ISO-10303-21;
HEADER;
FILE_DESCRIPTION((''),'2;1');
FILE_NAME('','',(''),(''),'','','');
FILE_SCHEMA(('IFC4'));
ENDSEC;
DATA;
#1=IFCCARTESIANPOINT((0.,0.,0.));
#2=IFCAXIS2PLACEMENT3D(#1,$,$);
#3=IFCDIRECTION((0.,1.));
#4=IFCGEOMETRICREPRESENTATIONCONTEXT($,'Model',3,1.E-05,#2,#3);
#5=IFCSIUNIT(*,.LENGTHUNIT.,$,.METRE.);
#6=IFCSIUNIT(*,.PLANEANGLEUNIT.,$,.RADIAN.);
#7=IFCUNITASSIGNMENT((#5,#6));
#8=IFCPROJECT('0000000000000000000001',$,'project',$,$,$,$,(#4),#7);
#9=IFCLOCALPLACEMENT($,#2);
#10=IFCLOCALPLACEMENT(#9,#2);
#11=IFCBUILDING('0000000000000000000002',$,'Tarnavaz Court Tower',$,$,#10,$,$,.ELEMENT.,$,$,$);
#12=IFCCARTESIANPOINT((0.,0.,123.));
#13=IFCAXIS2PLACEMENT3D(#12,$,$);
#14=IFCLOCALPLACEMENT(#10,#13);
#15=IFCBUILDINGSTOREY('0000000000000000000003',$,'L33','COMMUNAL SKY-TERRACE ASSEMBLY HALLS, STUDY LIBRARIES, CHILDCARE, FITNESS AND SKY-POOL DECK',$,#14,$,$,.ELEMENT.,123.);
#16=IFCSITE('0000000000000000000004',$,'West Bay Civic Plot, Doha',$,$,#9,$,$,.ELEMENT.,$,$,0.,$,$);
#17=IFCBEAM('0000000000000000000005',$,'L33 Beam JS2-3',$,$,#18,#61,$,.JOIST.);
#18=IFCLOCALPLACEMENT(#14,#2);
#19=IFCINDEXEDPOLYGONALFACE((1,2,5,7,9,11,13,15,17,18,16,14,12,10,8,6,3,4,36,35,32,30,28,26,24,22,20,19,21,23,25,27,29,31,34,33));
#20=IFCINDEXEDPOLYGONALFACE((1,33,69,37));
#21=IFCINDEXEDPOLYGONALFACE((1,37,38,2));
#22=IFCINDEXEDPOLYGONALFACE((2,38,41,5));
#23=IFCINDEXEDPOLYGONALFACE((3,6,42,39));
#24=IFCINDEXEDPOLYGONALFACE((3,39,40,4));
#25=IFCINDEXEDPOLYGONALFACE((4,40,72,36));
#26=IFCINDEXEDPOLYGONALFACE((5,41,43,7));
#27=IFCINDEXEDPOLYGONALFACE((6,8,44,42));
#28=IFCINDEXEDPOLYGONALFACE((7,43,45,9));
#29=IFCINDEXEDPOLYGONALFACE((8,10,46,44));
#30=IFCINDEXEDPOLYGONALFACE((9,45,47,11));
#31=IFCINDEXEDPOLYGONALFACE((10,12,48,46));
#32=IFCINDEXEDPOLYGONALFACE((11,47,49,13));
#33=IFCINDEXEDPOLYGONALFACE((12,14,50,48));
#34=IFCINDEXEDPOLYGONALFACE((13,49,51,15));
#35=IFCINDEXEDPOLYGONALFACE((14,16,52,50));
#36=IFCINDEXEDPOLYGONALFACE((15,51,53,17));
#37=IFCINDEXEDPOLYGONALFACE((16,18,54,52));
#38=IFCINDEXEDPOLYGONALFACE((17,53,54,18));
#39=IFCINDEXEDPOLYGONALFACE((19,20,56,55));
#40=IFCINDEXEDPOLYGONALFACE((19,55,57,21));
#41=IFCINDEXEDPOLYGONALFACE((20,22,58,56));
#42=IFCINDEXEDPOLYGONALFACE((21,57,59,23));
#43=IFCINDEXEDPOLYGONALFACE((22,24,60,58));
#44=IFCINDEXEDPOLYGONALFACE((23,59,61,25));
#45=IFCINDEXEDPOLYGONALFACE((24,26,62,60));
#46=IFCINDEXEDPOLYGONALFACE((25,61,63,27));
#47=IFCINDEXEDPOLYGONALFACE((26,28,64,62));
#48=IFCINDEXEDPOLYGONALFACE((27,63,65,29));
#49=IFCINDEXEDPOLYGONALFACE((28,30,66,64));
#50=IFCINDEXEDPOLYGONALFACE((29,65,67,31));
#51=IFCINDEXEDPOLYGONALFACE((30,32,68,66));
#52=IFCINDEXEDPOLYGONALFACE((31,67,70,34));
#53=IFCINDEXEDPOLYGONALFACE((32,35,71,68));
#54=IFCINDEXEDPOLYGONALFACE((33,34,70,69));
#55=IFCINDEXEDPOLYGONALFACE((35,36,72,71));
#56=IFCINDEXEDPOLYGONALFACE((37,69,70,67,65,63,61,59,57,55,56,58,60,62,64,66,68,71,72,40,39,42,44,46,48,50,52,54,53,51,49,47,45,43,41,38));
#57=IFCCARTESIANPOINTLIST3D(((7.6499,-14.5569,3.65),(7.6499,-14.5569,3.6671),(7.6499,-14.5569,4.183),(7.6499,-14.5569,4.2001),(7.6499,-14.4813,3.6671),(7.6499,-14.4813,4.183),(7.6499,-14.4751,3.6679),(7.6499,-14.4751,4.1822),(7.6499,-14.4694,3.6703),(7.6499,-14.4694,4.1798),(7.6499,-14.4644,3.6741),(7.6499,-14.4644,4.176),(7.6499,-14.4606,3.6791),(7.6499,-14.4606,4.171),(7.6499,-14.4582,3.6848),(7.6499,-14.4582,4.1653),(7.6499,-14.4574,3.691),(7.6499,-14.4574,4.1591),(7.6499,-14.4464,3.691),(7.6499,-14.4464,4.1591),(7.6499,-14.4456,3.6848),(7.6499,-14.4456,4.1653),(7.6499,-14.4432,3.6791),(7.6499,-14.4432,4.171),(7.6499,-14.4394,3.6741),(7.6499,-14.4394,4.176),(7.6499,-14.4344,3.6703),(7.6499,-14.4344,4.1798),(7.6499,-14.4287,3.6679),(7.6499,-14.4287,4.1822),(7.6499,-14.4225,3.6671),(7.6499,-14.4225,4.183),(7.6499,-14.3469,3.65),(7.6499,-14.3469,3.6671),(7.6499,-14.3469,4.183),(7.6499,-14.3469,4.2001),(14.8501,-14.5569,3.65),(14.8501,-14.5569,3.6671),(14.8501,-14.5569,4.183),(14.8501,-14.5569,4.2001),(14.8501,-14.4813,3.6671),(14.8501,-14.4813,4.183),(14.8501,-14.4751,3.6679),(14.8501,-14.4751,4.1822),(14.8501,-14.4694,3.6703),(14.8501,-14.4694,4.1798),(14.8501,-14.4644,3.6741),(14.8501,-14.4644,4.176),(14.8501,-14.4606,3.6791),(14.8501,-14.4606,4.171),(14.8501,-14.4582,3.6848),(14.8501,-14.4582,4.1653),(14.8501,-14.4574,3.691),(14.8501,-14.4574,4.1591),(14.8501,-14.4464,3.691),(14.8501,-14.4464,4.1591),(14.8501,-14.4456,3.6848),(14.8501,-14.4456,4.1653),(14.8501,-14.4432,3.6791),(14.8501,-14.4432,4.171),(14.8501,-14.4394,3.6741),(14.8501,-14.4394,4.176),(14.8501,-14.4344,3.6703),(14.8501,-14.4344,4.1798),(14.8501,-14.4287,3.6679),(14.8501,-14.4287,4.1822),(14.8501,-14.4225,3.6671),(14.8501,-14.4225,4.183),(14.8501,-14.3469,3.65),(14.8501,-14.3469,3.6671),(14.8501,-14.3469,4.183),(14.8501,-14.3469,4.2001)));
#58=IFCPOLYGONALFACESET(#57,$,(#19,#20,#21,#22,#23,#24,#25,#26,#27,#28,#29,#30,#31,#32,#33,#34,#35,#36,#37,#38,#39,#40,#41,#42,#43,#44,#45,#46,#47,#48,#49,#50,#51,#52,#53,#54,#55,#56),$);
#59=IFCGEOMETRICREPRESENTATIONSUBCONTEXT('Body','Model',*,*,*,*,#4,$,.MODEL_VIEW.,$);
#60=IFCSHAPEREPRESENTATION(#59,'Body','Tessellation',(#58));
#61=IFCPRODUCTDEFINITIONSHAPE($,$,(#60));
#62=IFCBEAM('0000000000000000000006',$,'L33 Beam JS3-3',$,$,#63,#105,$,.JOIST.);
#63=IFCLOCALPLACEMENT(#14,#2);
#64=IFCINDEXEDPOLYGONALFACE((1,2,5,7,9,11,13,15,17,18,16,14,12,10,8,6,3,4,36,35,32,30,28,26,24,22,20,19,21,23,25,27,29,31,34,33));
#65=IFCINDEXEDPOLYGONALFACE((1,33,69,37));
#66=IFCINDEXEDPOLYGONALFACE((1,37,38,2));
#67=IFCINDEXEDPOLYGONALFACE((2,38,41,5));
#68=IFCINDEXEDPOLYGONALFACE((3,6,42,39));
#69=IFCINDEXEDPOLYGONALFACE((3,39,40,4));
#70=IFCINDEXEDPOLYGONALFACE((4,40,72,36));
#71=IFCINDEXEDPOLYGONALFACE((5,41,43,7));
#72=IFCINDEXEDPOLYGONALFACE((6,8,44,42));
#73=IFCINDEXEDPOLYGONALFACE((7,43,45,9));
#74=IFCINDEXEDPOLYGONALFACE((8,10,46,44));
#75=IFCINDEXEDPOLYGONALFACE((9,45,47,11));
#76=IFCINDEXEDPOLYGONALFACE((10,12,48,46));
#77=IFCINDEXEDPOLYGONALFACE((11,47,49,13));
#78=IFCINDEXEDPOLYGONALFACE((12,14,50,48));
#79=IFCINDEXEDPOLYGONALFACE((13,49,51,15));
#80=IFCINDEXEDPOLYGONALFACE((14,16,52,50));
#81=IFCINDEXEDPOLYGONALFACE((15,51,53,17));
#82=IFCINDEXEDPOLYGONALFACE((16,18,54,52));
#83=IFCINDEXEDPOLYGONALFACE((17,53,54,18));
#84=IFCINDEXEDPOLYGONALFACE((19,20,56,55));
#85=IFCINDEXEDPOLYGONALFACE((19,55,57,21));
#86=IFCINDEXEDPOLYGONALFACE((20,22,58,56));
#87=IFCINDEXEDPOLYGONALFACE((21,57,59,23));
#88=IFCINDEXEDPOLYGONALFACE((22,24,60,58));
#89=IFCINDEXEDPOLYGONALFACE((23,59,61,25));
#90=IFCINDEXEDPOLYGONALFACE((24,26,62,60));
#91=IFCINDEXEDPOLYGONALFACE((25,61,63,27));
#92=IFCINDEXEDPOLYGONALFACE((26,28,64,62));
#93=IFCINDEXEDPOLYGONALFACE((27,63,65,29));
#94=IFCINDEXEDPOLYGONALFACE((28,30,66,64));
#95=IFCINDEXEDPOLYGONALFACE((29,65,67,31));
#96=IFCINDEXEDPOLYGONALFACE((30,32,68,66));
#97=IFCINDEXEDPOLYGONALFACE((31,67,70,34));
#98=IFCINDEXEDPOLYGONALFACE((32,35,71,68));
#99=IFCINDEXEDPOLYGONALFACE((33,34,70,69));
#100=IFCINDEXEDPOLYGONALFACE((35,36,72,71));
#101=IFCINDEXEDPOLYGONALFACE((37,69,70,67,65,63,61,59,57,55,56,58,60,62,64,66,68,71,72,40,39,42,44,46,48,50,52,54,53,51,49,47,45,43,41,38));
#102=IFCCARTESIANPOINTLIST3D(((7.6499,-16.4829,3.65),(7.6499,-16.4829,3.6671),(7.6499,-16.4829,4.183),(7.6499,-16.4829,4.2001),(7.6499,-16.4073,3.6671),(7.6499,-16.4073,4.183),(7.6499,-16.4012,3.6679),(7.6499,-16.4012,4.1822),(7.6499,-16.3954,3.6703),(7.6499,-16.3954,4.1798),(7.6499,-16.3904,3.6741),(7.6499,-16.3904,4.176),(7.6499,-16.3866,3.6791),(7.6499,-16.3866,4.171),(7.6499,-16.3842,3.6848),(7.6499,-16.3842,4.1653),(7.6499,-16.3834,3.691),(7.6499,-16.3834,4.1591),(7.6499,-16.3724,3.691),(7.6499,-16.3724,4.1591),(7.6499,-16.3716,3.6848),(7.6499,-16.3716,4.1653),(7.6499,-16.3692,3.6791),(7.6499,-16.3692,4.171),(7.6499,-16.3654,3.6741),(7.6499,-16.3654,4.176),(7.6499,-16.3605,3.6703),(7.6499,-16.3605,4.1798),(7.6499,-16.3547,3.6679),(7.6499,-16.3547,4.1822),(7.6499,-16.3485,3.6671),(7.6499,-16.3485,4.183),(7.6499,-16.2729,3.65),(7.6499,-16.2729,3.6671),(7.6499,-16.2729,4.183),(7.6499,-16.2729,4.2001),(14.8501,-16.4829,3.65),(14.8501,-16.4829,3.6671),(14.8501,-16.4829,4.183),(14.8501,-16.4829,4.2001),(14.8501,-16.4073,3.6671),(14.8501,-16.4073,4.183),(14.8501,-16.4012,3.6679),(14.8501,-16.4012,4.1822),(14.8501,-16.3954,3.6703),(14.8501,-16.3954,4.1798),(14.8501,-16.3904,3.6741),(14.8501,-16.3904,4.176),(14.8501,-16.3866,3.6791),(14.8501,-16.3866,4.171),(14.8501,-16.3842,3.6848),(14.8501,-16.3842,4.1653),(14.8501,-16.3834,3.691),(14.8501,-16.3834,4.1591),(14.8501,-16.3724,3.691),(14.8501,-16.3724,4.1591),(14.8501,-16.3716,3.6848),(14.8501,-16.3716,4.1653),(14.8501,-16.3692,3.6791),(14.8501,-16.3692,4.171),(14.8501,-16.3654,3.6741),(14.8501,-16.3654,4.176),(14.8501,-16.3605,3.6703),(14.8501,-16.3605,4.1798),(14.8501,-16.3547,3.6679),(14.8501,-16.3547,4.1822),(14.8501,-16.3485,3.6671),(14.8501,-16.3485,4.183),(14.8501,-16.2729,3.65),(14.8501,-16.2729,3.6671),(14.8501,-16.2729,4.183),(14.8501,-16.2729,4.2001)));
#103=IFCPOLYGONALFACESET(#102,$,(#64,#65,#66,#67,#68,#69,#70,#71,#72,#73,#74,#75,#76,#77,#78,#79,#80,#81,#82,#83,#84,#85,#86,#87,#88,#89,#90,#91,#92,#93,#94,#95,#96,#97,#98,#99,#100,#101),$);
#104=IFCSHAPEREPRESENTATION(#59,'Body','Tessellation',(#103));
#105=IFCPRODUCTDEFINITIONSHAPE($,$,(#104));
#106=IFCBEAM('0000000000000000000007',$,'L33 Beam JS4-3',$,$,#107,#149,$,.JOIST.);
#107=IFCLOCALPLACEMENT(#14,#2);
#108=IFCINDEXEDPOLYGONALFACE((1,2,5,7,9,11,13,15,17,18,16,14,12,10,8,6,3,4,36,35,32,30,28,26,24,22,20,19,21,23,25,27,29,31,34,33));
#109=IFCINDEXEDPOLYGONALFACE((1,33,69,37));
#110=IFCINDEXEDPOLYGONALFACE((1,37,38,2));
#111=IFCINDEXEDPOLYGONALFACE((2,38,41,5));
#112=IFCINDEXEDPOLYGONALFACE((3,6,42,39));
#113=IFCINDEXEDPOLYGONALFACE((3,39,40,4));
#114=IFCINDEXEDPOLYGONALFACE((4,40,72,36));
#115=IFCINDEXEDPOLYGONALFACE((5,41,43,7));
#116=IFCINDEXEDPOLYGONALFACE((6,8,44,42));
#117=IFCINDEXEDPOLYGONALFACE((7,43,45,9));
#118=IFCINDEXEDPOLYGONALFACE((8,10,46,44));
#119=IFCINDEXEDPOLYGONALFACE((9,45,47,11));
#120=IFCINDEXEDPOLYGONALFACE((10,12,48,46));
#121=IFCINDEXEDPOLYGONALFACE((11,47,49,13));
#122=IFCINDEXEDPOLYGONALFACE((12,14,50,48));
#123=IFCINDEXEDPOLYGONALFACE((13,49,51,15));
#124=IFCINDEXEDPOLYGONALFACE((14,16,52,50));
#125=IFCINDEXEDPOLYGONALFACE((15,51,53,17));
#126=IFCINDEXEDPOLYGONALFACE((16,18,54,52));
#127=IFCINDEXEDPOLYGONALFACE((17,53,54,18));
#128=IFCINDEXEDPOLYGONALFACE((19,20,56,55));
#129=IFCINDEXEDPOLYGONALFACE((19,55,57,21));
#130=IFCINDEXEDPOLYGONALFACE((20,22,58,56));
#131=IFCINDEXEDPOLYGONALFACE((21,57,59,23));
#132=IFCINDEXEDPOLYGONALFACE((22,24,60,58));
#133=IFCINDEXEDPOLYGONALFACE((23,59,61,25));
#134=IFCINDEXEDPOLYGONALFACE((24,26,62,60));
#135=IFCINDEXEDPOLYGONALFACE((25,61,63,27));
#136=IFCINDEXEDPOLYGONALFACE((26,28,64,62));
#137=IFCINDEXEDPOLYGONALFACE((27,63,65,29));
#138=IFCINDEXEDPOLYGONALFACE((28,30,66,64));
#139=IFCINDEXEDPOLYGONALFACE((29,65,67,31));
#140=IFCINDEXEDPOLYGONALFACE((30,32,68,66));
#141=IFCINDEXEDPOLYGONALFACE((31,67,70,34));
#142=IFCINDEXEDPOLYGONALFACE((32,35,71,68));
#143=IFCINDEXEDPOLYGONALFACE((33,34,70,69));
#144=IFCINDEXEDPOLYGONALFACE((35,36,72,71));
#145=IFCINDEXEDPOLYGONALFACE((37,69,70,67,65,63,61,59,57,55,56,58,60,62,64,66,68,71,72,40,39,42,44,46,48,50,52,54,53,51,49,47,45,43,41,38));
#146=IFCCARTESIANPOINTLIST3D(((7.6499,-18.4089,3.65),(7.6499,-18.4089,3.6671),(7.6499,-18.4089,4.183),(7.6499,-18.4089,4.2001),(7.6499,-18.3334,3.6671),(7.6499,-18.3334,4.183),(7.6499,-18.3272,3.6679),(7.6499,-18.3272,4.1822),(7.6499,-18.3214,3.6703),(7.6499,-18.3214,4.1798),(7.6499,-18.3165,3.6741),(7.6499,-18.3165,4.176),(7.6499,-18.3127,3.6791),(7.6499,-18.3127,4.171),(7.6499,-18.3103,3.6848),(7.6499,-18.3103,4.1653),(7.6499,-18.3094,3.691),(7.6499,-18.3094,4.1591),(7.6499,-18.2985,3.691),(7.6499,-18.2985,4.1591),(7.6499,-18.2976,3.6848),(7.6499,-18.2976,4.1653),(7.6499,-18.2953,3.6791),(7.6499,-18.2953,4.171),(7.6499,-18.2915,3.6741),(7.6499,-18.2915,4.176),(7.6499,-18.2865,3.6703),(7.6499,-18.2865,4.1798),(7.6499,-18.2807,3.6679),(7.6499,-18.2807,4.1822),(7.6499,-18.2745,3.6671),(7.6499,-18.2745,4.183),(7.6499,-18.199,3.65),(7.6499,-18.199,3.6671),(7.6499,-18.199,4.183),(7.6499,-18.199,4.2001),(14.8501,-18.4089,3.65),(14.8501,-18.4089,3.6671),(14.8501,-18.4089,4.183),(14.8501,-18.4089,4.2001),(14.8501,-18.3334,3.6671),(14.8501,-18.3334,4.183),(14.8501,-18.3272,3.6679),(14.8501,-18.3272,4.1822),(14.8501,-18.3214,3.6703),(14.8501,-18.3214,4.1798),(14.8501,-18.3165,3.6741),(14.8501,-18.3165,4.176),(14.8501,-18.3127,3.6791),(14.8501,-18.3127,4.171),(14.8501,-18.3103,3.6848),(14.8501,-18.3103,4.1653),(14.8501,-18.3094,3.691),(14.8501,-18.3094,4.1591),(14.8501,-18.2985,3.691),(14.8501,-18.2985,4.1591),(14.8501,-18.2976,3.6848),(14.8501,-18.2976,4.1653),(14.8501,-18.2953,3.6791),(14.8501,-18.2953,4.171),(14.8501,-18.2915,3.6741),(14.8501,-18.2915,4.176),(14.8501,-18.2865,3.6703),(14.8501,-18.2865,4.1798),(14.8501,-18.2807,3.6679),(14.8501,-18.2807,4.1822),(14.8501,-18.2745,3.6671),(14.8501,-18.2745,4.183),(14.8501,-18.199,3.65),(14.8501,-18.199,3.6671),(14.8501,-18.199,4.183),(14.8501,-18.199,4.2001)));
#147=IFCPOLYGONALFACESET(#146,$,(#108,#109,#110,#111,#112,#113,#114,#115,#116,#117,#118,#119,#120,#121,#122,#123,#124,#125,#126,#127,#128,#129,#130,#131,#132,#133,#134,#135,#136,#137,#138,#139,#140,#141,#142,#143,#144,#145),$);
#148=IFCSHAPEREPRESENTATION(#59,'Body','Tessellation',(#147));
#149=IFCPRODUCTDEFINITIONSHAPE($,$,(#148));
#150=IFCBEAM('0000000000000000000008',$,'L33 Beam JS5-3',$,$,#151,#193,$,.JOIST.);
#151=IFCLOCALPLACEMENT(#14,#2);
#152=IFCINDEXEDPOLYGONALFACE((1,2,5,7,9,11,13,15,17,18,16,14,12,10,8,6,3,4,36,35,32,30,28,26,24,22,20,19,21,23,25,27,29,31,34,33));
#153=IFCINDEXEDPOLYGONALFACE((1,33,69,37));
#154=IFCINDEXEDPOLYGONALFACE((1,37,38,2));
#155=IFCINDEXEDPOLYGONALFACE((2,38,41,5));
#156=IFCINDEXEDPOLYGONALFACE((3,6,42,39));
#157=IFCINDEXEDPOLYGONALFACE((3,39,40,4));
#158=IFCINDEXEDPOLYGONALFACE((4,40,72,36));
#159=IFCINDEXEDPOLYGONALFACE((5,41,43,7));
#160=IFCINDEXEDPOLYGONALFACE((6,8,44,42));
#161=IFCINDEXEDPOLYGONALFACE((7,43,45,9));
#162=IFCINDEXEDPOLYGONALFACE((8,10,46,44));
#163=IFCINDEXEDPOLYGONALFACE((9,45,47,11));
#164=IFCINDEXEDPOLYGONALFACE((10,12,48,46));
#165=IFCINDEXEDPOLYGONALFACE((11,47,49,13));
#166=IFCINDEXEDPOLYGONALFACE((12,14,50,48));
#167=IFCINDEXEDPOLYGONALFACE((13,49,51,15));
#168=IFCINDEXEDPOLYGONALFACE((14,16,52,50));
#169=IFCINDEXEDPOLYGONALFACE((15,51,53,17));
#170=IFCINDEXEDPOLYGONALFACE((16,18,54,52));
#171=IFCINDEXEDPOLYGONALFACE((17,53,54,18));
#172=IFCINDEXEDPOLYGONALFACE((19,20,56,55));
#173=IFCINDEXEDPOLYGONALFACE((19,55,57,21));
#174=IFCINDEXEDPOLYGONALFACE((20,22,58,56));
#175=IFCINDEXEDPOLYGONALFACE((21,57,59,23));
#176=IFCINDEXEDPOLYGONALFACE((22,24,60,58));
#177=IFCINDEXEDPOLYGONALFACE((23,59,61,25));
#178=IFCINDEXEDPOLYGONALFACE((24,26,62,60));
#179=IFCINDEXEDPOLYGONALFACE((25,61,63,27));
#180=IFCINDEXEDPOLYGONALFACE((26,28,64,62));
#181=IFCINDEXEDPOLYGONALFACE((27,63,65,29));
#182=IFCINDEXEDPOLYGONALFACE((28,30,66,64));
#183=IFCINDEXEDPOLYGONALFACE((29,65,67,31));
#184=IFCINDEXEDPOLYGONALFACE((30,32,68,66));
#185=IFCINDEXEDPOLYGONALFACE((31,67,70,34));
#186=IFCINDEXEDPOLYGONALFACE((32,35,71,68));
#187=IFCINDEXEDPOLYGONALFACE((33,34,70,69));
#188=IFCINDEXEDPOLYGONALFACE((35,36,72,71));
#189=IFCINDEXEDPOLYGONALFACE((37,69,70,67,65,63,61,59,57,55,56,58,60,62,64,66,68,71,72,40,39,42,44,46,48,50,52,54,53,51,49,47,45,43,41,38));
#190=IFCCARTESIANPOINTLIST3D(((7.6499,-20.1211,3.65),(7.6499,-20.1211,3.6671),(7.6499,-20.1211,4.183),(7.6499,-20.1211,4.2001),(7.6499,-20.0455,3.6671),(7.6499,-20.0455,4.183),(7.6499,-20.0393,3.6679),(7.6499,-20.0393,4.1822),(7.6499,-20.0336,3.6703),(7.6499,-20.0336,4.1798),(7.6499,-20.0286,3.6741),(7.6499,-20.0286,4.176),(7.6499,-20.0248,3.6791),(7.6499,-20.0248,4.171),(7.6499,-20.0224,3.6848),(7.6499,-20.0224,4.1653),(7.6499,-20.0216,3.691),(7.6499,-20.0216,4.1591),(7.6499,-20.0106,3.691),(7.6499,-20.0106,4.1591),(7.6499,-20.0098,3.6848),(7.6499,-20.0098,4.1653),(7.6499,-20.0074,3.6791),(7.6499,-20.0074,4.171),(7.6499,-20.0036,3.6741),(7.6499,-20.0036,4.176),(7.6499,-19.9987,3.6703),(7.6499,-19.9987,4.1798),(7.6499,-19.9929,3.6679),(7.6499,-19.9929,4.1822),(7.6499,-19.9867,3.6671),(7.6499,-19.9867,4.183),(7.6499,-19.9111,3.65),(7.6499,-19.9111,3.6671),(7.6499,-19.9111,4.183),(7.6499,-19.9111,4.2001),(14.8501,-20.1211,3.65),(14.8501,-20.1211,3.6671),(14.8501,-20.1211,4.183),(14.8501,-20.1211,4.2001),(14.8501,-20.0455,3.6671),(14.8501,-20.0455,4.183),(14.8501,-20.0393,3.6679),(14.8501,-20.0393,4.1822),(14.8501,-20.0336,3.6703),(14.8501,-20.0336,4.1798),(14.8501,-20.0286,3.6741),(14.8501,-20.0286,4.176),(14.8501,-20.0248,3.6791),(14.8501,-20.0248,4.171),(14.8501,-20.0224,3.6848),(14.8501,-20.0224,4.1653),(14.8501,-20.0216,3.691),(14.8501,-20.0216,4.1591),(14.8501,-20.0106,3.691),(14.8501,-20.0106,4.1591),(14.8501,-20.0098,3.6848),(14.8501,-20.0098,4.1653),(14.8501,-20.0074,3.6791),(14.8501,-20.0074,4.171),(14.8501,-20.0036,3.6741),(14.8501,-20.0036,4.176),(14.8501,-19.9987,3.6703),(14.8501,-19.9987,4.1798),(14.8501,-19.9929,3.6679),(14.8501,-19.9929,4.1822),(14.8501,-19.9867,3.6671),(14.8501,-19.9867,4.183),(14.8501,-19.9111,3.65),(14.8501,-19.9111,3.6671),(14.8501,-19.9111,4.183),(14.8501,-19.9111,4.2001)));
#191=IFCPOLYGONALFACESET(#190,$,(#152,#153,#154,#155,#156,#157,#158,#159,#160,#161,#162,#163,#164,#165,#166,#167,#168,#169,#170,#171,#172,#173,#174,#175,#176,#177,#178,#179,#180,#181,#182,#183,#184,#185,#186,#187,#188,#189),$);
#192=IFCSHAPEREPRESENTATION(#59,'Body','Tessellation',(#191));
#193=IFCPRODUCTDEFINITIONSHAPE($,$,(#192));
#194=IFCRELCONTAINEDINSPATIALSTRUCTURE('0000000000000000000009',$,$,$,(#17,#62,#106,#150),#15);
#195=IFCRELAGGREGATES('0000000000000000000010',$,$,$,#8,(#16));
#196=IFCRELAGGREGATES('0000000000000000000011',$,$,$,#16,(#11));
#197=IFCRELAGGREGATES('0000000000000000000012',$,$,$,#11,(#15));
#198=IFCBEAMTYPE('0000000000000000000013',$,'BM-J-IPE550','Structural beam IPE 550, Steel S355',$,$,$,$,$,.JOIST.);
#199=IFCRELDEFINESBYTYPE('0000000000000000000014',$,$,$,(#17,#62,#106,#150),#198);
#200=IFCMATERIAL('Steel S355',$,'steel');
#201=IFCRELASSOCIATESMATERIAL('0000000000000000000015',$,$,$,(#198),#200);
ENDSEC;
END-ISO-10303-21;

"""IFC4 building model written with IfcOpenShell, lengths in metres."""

from ifc_helpers import new_model, si_unit, direction, frame, origin, origin_2d, place, context, subcontext, project, spatial, i_section, extrude, material, material_profile, profile_set, type_object, element, save


model = new_model("IFC4")

# Units and contexts
model_context = context("Model", 3, precision=1e-05, world=origin(), true_north=direction((0.0, 1.0)))
body_context = subcontext(model_context, "Body", "Model", "MODEL_VIEW")
ifc_project = project(units=[si_unit("LENGTHUNIT", "METRE"), si_unit("PLANEANGLEUNIT", "RADIAN")], contexts=[model_context])

# Site, building, storey
site_placement = place(None, origin())
site = spatial("IfcSite", under=ifc_project, at=site_placement, Name="West Bay Civic Plot, Doha", CompositionType="ELEMENT", RefElevation=0.0)
building_placement = place(site_placement, origin())
building = spatial("IfcBuilding", under=site, at=building_placement, Name="Tarnavaz Court Tower", CompositionType="ELEMENT")
storey_placement = place(building_placement, frame((0.0, 0.0, 123.0)))
storey = spatial("IfcBuildingStorey", under=building, at=storey_placement, Name="L33", Description="COMMUNAL SKY-TERRACE ASSEMBLY HALLS, STUDY LIBRARIES, CHILDCARE, FITNESS AND SKY-POOL DECK", CompositionType="ELEMENT", Elevation=123.0)

# Beams
ifc_material_1 = material(Name="Steel S355", Category="steel")
ifc_material_profile_1 = material_profile(ifc_material_1, i_section(OverallWidth=0.21, OverallDepth=0.55, WebThickness=0.011, FlangeThickness=0.0171, FilletRadius=0.0239, at=origin_2d()), Name="IPE 550")
ifc_profile_set_1 = profile_set([ifc_material_profile_1], Name="Steel S355")
beam_type_1 = type_object("IfcBeamType", Name="BM-J-IPE550", Description="Structural beam IPE 550, Steel S355", PredefinedType="JOIST", material=ifc_profile_set_1)
for number, where, z_axis, x_axis, name in (
    (1, (7.6499, -14.4519, 3.925), (1.0, 0.0, 0.0), (0.0, 1.0, 0.0), "L33 Beam JS2-3"),
    (2, (7.6499, -16.3779, 3.925), (1.0, 0.0, 0.0), (0.0, 1.0, 0.0), "L33 Beam JS3-3"),
    (3, (7.6499, -18.304, 3.925), (1.0, 0.0, 0.0), (0.0, 1.0, 0.0), "L33 Beam JS4-3"),
    (4, (7.6499, -20.0161, 3.925), (1.0, 0.0, 0.0), (0.0, 1.0, 0.0), "L33 Beam JS5-3"),
):
    element("IfcBeam", number, at=place(storey_placement, frame(where, z_axis=z_axis, x_axis=x_axis)), inside=storey, type_object=beam_type_1, Name=name, PredefinedType="JOIST", context=body_context, shape_type="SweptSolid", body=[
        extrude(i_section(OverallWidth=0.21, OverallDepth=0.55, WebThickness=0.011, FlangeThickness=0.0171, FilletRadius=0.0239, at=origin_2d()), origin(), (0.0, 0.0, 1.0), 7.2002),
    ])

save(model, "model.ifc")
